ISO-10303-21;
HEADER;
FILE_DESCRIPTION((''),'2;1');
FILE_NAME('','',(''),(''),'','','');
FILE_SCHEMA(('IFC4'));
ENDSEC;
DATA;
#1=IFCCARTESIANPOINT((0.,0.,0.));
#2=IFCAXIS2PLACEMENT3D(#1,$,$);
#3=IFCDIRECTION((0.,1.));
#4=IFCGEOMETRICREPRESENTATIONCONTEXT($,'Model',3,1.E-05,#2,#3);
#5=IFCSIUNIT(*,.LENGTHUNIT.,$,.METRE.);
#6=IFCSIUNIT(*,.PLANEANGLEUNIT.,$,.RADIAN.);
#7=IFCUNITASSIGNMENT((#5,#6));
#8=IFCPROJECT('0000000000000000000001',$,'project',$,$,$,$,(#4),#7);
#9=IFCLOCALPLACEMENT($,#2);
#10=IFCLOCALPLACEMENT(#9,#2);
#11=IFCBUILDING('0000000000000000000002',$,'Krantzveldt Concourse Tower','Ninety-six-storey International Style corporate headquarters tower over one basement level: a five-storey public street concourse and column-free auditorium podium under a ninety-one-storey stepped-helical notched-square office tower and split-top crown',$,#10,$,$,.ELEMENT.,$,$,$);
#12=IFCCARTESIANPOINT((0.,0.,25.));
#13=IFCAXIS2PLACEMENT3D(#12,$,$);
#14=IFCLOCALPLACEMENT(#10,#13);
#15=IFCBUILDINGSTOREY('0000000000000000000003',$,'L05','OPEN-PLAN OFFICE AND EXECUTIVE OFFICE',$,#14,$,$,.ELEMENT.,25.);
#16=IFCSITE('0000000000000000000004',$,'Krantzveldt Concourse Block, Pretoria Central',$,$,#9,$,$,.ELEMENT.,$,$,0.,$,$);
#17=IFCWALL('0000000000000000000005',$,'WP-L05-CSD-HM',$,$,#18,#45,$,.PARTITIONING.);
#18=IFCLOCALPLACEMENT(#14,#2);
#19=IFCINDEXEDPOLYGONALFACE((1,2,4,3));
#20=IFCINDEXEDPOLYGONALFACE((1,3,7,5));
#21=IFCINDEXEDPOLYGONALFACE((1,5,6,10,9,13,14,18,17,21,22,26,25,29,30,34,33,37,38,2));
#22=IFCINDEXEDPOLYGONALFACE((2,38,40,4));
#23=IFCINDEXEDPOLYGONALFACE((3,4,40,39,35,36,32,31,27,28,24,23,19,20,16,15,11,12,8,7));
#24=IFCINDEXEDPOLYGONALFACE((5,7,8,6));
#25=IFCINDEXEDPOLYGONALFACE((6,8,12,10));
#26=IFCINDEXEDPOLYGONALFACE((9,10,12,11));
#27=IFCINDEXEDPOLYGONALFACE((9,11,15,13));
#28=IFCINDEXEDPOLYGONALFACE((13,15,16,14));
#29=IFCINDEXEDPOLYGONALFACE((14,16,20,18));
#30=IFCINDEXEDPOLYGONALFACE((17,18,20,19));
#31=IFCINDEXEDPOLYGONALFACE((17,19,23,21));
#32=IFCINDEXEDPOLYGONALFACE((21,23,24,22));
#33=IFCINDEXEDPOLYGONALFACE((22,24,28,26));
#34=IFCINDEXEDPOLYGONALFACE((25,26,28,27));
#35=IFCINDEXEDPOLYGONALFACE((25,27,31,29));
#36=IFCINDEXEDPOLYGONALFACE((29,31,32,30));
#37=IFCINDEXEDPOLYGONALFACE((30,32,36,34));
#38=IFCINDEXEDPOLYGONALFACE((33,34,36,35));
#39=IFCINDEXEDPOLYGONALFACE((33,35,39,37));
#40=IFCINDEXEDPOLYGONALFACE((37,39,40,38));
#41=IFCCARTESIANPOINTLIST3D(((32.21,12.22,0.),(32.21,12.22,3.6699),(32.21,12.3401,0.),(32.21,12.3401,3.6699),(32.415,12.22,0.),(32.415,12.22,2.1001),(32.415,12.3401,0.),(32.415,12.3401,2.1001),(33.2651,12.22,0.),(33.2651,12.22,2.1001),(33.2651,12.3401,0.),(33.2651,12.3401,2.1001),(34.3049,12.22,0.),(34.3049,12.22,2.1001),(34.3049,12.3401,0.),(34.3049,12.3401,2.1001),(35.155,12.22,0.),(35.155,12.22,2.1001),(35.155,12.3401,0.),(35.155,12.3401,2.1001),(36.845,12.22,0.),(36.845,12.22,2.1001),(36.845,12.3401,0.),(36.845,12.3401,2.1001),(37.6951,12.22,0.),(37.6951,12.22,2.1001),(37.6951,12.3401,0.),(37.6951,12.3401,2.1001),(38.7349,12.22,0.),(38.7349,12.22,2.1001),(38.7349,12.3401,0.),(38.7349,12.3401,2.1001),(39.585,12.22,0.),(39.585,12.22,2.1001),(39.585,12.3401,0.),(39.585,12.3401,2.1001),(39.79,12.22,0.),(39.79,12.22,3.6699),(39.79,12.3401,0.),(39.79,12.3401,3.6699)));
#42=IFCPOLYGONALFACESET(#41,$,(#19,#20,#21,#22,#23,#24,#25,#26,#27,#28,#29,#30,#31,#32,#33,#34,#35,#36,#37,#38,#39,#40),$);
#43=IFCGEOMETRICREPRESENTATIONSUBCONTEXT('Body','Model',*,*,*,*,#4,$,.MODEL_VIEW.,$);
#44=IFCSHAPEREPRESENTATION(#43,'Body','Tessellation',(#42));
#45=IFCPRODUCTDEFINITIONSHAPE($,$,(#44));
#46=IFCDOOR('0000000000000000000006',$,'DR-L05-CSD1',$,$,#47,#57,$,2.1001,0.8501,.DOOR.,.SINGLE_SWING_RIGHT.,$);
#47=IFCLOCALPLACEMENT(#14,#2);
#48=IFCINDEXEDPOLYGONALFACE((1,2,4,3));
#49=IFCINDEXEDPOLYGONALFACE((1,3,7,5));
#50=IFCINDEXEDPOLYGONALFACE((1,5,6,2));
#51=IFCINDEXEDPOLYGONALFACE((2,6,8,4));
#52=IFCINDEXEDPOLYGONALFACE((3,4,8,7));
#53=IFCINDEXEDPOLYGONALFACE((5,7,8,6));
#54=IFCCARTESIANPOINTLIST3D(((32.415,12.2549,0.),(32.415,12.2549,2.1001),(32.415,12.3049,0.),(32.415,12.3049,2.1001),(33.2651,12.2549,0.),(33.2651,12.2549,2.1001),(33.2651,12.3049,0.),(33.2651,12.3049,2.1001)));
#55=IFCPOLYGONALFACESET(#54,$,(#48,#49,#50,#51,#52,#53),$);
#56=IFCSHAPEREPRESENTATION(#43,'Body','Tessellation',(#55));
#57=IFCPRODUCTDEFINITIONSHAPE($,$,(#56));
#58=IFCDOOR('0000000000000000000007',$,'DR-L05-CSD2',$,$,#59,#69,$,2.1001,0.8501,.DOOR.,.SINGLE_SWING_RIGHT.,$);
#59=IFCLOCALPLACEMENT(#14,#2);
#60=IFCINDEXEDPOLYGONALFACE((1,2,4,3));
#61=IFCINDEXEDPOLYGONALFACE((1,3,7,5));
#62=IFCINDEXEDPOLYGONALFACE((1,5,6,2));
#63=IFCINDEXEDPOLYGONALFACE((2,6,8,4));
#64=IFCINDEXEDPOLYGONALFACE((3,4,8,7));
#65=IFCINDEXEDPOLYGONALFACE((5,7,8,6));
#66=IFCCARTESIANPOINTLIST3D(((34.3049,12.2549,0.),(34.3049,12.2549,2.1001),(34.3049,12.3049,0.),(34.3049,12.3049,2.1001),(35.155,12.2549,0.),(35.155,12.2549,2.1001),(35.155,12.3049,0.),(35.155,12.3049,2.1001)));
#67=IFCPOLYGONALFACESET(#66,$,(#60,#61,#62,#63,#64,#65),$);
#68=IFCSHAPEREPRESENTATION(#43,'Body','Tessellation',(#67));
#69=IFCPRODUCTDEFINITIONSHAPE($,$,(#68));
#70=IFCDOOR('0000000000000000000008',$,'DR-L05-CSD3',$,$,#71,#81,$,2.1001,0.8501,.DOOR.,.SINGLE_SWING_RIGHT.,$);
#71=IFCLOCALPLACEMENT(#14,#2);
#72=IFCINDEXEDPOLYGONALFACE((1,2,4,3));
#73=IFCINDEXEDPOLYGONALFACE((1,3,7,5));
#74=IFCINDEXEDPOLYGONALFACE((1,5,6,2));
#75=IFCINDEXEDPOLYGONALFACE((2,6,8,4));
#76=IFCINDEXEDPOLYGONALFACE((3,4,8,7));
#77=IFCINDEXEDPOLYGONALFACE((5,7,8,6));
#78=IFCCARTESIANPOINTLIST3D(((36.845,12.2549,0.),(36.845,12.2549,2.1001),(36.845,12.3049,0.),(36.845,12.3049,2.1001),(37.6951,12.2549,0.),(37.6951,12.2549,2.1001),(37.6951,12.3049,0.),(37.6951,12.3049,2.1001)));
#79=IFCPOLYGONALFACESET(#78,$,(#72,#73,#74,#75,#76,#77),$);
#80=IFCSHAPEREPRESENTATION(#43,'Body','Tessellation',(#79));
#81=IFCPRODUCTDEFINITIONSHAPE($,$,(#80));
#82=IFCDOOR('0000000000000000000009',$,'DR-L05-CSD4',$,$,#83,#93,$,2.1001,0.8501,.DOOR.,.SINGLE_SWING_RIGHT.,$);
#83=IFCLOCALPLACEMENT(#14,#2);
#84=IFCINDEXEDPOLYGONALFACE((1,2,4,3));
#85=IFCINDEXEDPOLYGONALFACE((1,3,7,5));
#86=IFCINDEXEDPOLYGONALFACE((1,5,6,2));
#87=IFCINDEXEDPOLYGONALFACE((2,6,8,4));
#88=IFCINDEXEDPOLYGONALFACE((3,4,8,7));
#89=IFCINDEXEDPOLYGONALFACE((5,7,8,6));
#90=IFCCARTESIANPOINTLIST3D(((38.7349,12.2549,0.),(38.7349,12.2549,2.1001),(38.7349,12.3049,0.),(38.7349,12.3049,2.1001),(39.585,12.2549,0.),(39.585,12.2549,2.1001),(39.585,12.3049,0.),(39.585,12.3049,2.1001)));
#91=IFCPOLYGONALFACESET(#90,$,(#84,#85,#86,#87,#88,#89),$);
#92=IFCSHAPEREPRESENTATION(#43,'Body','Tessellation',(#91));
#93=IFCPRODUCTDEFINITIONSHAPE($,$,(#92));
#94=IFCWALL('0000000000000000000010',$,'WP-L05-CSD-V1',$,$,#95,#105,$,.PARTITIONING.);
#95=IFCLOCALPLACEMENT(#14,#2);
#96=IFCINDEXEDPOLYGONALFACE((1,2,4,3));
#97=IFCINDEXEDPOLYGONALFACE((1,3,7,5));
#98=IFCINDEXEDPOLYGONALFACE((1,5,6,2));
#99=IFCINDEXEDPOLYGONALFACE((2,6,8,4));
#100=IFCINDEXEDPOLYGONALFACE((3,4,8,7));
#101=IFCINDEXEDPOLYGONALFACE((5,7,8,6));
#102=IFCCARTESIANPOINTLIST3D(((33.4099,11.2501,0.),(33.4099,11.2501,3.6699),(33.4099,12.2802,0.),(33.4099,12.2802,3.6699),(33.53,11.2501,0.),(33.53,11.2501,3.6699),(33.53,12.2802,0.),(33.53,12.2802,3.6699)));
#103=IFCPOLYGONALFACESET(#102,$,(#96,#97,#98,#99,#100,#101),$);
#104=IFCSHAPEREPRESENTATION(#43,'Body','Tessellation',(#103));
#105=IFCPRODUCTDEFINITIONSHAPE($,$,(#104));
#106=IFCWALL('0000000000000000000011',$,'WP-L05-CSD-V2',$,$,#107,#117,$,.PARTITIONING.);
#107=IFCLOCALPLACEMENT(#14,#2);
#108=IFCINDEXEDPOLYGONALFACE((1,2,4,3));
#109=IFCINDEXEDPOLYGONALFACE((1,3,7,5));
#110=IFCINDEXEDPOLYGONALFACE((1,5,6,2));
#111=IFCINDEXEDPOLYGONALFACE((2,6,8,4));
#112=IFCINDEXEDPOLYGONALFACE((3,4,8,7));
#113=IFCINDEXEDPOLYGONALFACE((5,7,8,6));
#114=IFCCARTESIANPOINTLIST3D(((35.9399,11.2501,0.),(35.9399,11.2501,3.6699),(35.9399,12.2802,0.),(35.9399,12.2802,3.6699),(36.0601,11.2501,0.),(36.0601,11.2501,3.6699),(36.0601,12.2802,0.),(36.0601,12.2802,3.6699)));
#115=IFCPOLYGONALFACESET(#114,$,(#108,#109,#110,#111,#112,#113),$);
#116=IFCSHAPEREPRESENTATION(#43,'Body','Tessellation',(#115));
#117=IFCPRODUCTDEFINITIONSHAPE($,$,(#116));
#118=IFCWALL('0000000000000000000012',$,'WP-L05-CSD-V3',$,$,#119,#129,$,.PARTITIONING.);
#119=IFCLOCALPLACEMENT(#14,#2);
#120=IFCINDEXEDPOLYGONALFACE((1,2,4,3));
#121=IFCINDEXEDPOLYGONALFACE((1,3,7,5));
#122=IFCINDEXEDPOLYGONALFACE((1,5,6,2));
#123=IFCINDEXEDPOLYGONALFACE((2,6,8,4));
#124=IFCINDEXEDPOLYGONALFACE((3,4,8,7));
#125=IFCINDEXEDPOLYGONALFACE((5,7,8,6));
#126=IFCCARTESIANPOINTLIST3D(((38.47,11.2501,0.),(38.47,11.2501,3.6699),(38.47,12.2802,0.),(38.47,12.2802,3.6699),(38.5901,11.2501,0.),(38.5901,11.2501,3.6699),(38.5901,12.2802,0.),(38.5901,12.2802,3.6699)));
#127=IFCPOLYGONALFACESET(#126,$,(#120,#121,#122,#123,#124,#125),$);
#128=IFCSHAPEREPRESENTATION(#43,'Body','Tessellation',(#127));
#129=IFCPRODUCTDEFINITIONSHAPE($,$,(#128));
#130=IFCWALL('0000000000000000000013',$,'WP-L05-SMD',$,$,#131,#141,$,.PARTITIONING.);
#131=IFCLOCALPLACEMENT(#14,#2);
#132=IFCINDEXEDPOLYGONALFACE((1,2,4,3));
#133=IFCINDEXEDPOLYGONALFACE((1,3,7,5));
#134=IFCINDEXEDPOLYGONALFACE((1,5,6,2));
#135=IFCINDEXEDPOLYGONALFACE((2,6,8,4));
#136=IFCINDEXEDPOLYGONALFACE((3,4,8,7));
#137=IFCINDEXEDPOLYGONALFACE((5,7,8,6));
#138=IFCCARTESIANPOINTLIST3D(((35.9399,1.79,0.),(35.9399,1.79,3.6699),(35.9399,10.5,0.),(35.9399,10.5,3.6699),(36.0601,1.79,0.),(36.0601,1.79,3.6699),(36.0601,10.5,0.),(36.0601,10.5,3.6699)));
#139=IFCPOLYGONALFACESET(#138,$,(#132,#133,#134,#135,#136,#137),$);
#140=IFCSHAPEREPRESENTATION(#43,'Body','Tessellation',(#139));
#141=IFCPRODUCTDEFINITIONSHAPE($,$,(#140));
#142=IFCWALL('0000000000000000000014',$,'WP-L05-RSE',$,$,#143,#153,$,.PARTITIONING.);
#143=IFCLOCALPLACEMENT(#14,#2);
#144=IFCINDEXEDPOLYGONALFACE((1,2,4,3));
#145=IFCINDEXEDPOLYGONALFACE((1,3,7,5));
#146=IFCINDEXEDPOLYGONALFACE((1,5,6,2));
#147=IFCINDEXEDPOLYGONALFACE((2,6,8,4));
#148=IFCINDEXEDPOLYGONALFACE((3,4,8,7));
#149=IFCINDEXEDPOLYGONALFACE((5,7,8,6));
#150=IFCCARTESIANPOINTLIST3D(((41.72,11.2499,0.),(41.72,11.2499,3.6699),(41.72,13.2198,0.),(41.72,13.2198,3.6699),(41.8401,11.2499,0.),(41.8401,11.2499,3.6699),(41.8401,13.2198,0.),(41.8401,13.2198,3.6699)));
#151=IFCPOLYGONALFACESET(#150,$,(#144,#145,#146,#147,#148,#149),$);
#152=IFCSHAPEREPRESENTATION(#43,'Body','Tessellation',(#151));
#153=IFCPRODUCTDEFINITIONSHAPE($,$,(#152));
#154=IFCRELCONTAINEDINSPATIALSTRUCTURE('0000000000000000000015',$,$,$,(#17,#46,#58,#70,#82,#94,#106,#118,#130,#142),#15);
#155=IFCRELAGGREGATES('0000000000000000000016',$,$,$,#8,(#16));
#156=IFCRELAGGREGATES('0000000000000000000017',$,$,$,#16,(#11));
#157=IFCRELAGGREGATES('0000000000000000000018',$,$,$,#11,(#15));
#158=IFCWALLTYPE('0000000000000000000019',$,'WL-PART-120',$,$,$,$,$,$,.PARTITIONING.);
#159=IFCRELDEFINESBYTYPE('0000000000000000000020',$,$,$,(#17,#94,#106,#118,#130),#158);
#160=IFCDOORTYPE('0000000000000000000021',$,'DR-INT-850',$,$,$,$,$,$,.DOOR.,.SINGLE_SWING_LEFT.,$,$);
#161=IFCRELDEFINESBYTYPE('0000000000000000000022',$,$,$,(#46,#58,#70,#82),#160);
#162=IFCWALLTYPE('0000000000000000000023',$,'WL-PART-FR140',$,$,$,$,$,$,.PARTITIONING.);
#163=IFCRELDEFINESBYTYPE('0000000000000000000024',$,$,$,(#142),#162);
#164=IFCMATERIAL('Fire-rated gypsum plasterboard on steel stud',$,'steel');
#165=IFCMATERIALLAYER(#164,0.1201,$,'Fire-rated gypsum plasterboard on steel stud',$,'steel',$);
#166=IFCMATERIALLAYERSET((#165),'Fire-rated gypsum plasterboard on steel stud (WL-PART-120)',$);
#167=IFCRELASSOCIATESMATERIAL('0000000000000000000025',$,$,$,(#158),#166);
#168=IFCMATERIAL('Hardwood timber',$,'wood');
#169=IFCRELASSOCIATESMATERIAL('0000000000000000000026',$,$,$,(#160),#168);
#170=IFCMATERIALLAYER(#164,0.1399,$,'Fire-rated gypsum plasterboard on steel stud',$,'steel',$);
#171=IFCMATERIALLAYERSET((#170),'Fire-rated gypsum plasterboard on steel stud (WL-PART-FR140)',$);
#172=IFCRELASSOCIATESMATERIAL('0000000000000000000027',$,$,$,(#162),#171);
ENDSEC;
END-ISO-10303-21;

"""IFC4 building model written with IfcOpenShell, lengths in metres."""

from ifc_helpers import new_model, si_unit, direction, frame, frame_2d, origin, place, context, subcontext, project, spatial, rectangle, extrude, material, layer, layer_set, type_object, element, fill, save


model = new_model("IFC4")

# Units and contexts
model_context = context("Model", 3, precision=1e-05, world=origin(), true_north=direction((0.0, 1.0)))
body_context = subcontext(model_context, "Body", "Model", "MODEL_VIEW")
ifc_project = project(units=[si_unit("LENGTHUNIT", "METRE"), si_unit("PLANEANGLEUNIT", "RADIAN")], contexts=[model_context])

# Site, building, storey
site_placement = place(None, origin())
site = spatial("IfcSite", under=ifc_project, at=site_placement, Name="Krantzveldt Concourse Block, Pretoria Central", CompositionType="ELEMENT", RefElevation=0.0)
building_placement = place(site_placement, origin())
building = spatial("IfcBuilding", under=site, at=building_placement, Name="Krantzveldt Concourse Tower", Description="Ninety-six-storey International Style corporate headquarters tower over one basement level: a five-storey public street concourse and column-free auditorium podium under a ninety-one-storey stepped-helical notched-square office tower and split-top crown", CompositionType="ELEMENT")
storey_placement = place(building_placement, frame((0.0, 0.0, 25.0)))
storey = spatial("IfcBuildingStorey", under=building, at=storey_placement, Name="L05", Description="OPEN-PLAN OFFICE AND EXECUTIVE OFFICE", CompositionType="ELEMENT", Elevation=25.0)

# Shared definitions
ifc_material_1 = material(Name="Fire-rated gypsum plasterboard on steel stud", Category="steel")
ifc_layer_1 = layer(ifc_material_1, 0.1201, Name="Fire-rated gypsum plasterboard on steel stud", Category="steel")
ifc_layer_set_1 = layer_set([ifc_layer_1], Name="Fire-rated gypsum plasterboard on steel stud (WL-PART-120)")
wall_type_1 = type_object("IfcWallType", Name="WL-PART-120", PredefinedType="PARTITIONING", material=ifc_layer_set_1)
ifc_material_2 = material(Name="Hardwood timber", Category="wood")
door_type_1 = type_object("IfcDoorType", Name="DR-INT-850", OperationType="SINGLE_SWING_LEFT", PredefinedType="DOOR", material=ifc_material_2)

# Wall, openings, doors
wall_1_placement = place(storey_placement, frame((32.21, 12.28, 0.0), z_axis=(0.0, 0.0, 1.0), x_axis=(1.0, 0.0, 0.0)))
wall_1 = element("IfcWall", 1, at=wall_1_placement, inside=storey, type_object=wall_type_1, Name="WP-L05-CSD-HM", PredefinedType="PARTITIONING", context=body_context, shape_type="SweptSolid", body=[
    extrude(rectangle(XDim=7.5801, YDim=0.1201, at=frame_2d((3.79, 0.0))), origin(), (0.0, 0.0, 1.0), 3.6699),
])
opening_1_placement = place(wall_1_placement, frame((0.2051, 0.0, 0.0)))
opening_1 = element("IfcOpeningElement", 2, at=opening_1_placement, cuts=wall_1, PredefinedType="OPENING", context=body_context, shape_type="SweptSolid", body=[
    extrude(rectangle(XDim=0.8501, YDim=2.1001, at=frame_2d((0.425, 1.05))), frame((0.0, 0.0701, 0.0), z_axis=(0.0, -1.0, 0.0), x_axis=(1.0, 0.0, 0.0)), (0.0, 0.0, 1.0), 0.1401),
])
opening_2_placement = place(wall_1_placement, frame((2.095, 0.0, 0.0)))
opening_2 = element("IfcOpeningElement", 3, at=opening_2_placement, cuts=wall_1, PredefinedType="OPENING", context=body_context, shape_type="SweptSolid", body=[
    extrude(rectangle(XDim=0.8501, YDim=2.1001, at=frame_2d((0.425, 1.05))), frame((0.0, 0.0701, 0.0), z_axis=(0.0, -1.0, 0.0), x_axis=(1.0, 0.0, 0.0)), (0.0, 0.0, 1.0), 0.1401),
])
opening_3_placement = place(wall_1_placement, frame((4.635, 0.0, 0.0)))
opening_3 = element("IfcOpeningElement", 4, at=opening_3_placement, cuts=wall_1, PredefinedType="OPENING", context=body_context, shape_type="SweptSolid", body=[
    extrude(rectangle(XDim=0.8501, YDim=2.1001, at=frame_2d((0.425, 1.05))), frame((0.0, 0.0701, 0.0), z_axis=(0.0, -1.0, 0.0), x_axis=(1.0, 0.0, 0.0)), (0.0, 0.0, 1.0), 0.1401),
])
opening_4_placement = place(wall_1_placement, frame((6.5249, 0.0, 0.0)))
opening_4 = element("IfcOpeningElement", 5, at=opening_4_placement, cuts=wall_1, PredefinedType="OPENING", context=body_context, shape_type="SweptSolid", body=[
    extrude(rectangle(XDim=0.8501, YDim=2.1001, at=frame_2d((0.425, 1.05))), frame((0.0, 0.0701, 0.0), z_axis=(0.0, -1.0, 0.0), x_axis=(1.0, 0.0, 0.0)), (0.0, 0.0, 1.0), 0.1401),
])
door_1_placement = place(opening_1_placement, origin())
door_1 = element("IfcDoor", 6, at=door_1_placement, inside=storey, type_object=door_type_1, Name="DR-L05-CSD1", OperationType="SINGLE_SWING_RIGHT", OverallHeight=2.1001, OverallWidth=0.8501, PredefinedType="DOOR", context=body_context, shape_type="SweptSolid", body=[
    extrude(rectangle(XDim=0.8501, YDim=2.1001, at=frame_2d((0.425, 1.05))), frame((0.0, 0.0249, 0.0), z_axis=(0.0, -1.0, 0.0), x_axis=(1.0, 0.0, 0.0)), (0.0, 0.0, 1.0), 0.05),
])
fill(opening_1, door_1)
door_2_placement = place(opening_2_placement, origin())
door_2 = element("IfcDoor", 7, at=door_2_placement, inside=storey, type_object=door_type_1, Name="DR-L05-CSD2", OperationType="SINGLE_SWING_RIGHT", OverallHeight=2.1001, OverallWidth=0.8501, PredefinedType="DOOR", context=body_context, shape_type="SweptSolid", body=[
    extrude(rectangle(XDim=0.8501, YDim=2.1001, at=frame_2d((0.425, 1.05))), frame((0.0, 0.0249, 0.0), z_axis=(0.0, -1.0, 0.0), x_axis=(1.0, 0.0, 0.0)), (0.0, 0.0, 1.0), 0.05),
])
fill(opening_2, door_2)
door_3_placement = place(opening_3_placement, origin())
door_3 = element("IfcDoor", 8, at=door_3_placement, inside=storey, type_object=door_type_1, Name="DR-L05-CSD3", OperationType="SINGLE_SWING_RIGHT", OverallHeight=2.1001, OverallWidth=0.8501, PredefinedType="DOOR", context=body_context, shape_type="SweptSolid", body=[
    extrude(rectangle(XDim=0.8501, YDim=2.1001, at=frame_2d((0.425, 1.05))), frame((0.0, 0.0249, 0.0), z_axis=(0.0, -1.0, 0.0), x_axis=(1.0, 0.0, 0.0)), (0.0, 0.0, 1.0), 0.05),
])
fill(opening_3, door_3)
door_4_placement = place(opening_4_placement, origin())
door_4 = element("IfcDoor", 9, at=door_4_placement, inside=storey, type_object=door_type_1, Name="DR-L05-CSD4", OperationType="SINGLE_SWING_RIGHT", OverallHeight=2.1001, OverallWidth=0.8501, PredefinedType="DOOR", context=body_context, shape_type="SweptSolid", body=[
    extrude(rectangle(XDim=0.8501, YDim=2.1001, at=frame_2d((0.425, 1.05))), frame((0.0, 0.0249, 0.0), z_axis=(0.0, -1.0, 0.0), x_axis=(1.0, 0.0, 0.0)), (0.0, 0.0, 1.0), 0.05),
])
fill(opening_4, door_4)

# Walls
for number, where, z_axis, x_axis, name in (
    (10, (33.47, 11.25, 0.0), (0.0, 0.0, 1.0), (0.0, 1.0, 0.0), "WP-L05-CSD-V1"),
    (11, (36.0, 11.25, 0.0), (0.0, 0.0, 1.0), (0.0, 1.0, 0.0), "WP-L05-CSD-V2"),
    (12, (38.53, 11.25, 0.0), (0.0, 0.0, 1.0), (0.0, 1.0, 0.0), "WP-L05-CSD-V3"),
):
    element("IfcWall", number, at=place(storey_placement, frame(where, z_axis=z_axis, x_axis=x_axis)), inside=storey, type_object=wall_type_1, Name=name, PredefinedType="PARTITIONING", context=body_context, shape_type="SweptSolid", body=[
        extrude(rectangle(XDim=1.03, YDim=0.1201, at=frame_2d((0.5151, 0.0))), origin(), (0.0, 0.0, 1.0), 3.6699),
    ])
wall_2_placement = place(storey_placement, frame((36.0, 1.79, 0.0), z_axis=(0.0, 0.0, 1.0), x_axis=(0.0, 1.0, 0.0)))
element("IfcWall", 13, at=wall_2_placement, inside=storey, type_object=wall_type_1, Name="WP-L05-SMD", PredefinedType="PARTITIONING", context=body_context, shape_type="SweptSolid", body=[
    extrude(rectangle(XDim=8.71, YDim=0.1201, at=frame_2d((4.355, 0.0))), origin(), (0.0, 0.0, 1.0), 3.6699),
])

# Shared definitions
ifc_layer_2 = layer(ifc_material_1, 0.1399, Name="Fire-rated gypsum plasterboard on steel stud", Category="steel")
ifc_layer_set_2 = layer_set([ifc_layer_2], Name="Fire-rated gypsum plasterboard on steel stud (WL-PART-FR140)")
wall_type_2 = type_object("IfcWallType", Name="WL-PART-FR140", PredefinedType="PARTITIONING", material=ifc_layer_set_2)

# Wall
wall_3_placement = place(storey_placement, frame((41.78, 11.25, 0.0), z_axis=(0.0, 0.0, 1.0), x_axis=(0.0, 1.0, 0.0)))
element("IfcWall", 14, at=wall_3_placement, inside=storey, type_object=wall_type_2, Name="WP-L05-RSE", PredefinedType="PARTITIONING", context=body_context, shape_type="SweptSolid", body=[
    extrude(rectangle(XDim=1.97, YDim=0.1201, at=frame_2d((0.9849, 0.0))), origin(), (0.0, 0.0, 1.0), 3.6699),
])

save(model, "model.ifc")
